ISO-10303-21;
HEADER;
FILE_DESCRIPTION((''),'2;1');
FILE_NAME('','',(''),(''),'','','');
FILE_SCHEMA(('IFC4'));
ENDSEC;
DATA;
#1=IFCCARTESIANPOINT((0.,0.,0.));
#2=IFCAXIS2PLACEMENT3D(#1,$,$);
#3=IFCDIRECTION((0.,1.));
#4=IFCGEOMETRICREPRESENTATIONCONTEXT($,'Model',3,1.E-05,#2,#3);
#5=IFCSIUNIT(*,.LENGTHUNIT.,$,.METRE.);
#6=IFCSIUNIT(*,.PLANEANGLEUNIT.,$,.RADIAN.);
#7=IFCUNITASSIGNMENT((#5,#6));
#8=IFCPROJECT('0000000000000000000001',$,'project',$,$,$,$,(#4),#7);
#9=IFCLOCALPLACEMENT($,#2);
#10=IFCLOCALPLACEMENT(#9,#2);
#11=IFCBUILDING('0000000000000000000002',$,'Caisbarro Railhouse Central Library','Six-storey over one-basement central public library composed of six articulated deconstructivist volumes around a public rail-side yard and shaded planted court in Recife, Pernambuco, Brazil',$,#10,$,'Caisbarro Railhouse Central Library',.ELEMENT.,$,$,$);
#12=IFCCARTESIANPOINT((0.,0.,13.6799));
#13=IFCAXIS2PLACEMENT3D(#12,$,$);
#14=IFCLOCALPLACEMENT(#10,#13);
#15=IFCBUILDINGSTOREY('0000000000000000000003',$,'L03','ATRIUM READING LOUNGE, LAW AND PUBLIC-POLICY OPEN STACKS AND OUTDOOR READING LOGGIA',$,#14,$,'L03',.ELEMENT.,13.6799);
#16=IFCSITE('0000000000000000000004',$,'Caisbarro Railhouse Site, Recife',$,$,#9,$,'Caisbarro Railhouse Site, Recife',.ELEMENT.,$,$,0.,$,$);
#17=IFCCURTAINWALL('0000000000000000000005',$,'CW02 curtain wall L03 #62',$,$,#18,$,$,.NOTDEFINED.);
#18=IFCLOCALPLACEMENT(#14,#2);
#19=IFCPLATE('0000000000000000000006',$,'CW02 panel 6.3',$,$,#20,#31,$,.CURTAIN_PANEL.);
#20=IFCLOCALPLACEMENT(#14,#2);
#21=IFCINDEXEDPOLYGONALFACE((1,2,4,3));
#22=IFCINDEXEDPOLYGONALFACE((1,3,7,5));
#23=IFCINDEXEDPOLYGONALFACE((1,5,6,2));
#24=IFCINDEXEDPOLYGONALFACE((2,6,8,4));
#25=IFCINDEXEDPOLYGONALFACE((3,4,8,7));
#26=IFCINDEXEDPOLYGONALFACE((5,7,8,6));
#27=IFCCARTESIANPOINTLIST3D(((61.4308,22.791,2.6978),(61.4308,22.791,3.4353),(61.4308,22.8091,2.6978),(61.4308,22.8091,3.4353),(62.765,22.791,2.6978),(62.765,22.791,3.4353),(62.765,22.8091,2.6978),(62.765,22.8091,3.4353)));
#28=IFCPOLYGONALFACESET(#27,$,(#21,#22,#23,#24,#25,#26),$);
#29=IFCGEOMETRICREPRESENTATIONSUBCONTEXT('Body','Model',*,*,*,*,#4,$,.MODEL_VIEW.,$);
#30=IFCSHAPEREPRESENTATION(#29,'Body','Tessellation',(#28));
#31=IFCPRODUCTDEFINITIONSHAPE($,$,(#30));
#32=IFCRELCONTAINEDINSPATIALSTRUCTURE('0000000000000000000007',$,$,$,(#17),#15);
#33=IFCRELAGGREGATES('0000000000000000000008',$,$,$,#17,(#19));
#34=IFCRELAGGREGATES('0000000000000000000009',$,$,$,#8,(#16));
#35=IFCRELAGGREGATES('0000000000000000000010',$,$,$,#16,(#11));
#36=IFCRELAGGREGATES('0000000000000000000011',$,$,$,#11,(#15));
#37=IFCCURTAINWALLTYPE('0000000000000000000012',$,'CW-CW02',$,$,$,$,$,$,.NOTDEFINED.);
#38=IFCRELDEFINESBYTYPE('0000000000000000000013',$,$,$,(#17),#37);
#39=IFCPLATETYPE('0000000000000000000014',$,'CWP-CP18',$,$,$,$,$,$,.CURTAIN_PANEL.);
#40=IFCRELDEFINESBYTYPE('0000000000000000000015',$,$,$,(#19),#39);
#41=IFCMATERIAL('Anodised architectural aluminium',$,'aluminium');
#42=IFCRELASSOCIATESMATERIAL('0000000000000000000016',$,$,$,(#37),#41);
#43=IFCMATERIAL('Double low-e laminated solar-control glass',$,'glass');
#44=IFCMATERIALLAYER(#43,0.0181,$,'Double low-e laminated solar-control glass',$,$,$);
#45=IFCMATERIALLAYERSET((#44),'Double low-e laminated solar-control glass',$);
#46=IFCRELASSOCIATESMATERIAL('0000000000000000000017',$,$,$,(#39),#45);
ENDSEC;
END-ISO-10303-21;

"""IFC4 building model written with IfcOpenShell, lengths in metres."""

from ifc_helpers import new_model, si_unit, direction, frame, origin, origin_2d, place, context, subcontext, project, spatial, rectangle, extrude, material, layer, layer_set, type_object, element, aggregate, save


model = new_model("IFC4")

# Units and contexts
model_context = context("Model", 3, precision=1e-05, world=origin(), true_north=direction((0.0, 1.0)))
body_context = subcontext(model_context, "Body", "Model", "MODEL_VIEW")
ifc_project = project(units=[si_unit("LENGTHUNIT", "METRE"), si_unit("PLANEANGLEUNIT", "RADIAN")], contexts=[model_context])

# Site, building, storey
site_placement = place(None, origin())
site = spatial("IfcSite", under=ifc_project, at=site_placement, Name="Caisbarro Railhouse Site, Recife", LongName="Caisbarro Railhouse Site, Recife", CompositionType="ELEMENT", RefElevation=0.0)
building_placement = place(site_placement, origin())
building = spatial("IfcBuilding", under=site, at=building_placement, Name="Caisbarro Railhouse Central Library", Description="Six-storey over one-basement central public library composed of six articulated deconstructivist volumes around a public rail-side yard and shaded planted court in Recife, Pernambuco, Brazil", LongName="Caisbarro Railhouse Central Library", CompositionType="ELEMENT")
storey_placement = place(building_placement, frame((0.0, 0.0, 13.6799)))
storey = spatial("IfcBuildingStorey", under=building, at=storey_placement, Name="L03", Description="ATRIUM READING LOUNGE, LAW AND PUBLIC-POLICY OPEN STACKS AND OUTDOOR READING LOGGIA", LongName="L03", CompositionType="ELEMENT", Elevation=13.6799)

# Curtain wall, plate
ifc_material_1 = material(Name="Anodised architectural aluminium", Category="aluminium")
curtain_wall_type = type_object("IfcCurtainWallType", Name="CW-CW02", PredefinedType="NOTDEFINED", material=ifc_material_1)
curtain_wall_placement = place(storey_placement, origin())
curtain_wall = element("IfcCurtainWall", 1, at=curtain_wall_placement, inside=storey, type_object=curtain_wall_type, Name="CW02 curtain wall L03 #62", PredefinedType="NOTDEFINED")
ifc_material_2 = material(Name="Double low-e laminated solar-control glass", Category="glass")
ifc_layer = layer(ifc_material_2, 0.0181, Name="Double low-e laminated solar-control glass")
ifc_layer_set = layer_set([ifc_layer], Name="Double low-e laminated solar-control glass")
plate_type = type_object("IfcPlateType", Name="CWP-CP18", PredefinedType="CURTAIN_PANEL", material=ifc_layer_set)
plate_1_placement = place(storey_placement, frame((62.0979, 22.8, 2.6978), z_axis=(0.0, 0.0, 1.0), x_axis=(1.0, 0.0, 0.0)))
plate_1 = element("IfcPlate", 2, at=plate_1_placement, type_object=plate_type, Name="CW02 panel 6.3", PredefinedType="CURTAIN_PANEL", context=body_context, shape_type="SweptSolid", body=[
    extrude(rectangle(XDim=1.3342, YDim=0.0181, at=origin_2d()), origin(), (0.0, 0.0, 1.0), 0.7375),
])
aggregate(curtain_wall, [plate_1])

save(model, "model.ifc")
